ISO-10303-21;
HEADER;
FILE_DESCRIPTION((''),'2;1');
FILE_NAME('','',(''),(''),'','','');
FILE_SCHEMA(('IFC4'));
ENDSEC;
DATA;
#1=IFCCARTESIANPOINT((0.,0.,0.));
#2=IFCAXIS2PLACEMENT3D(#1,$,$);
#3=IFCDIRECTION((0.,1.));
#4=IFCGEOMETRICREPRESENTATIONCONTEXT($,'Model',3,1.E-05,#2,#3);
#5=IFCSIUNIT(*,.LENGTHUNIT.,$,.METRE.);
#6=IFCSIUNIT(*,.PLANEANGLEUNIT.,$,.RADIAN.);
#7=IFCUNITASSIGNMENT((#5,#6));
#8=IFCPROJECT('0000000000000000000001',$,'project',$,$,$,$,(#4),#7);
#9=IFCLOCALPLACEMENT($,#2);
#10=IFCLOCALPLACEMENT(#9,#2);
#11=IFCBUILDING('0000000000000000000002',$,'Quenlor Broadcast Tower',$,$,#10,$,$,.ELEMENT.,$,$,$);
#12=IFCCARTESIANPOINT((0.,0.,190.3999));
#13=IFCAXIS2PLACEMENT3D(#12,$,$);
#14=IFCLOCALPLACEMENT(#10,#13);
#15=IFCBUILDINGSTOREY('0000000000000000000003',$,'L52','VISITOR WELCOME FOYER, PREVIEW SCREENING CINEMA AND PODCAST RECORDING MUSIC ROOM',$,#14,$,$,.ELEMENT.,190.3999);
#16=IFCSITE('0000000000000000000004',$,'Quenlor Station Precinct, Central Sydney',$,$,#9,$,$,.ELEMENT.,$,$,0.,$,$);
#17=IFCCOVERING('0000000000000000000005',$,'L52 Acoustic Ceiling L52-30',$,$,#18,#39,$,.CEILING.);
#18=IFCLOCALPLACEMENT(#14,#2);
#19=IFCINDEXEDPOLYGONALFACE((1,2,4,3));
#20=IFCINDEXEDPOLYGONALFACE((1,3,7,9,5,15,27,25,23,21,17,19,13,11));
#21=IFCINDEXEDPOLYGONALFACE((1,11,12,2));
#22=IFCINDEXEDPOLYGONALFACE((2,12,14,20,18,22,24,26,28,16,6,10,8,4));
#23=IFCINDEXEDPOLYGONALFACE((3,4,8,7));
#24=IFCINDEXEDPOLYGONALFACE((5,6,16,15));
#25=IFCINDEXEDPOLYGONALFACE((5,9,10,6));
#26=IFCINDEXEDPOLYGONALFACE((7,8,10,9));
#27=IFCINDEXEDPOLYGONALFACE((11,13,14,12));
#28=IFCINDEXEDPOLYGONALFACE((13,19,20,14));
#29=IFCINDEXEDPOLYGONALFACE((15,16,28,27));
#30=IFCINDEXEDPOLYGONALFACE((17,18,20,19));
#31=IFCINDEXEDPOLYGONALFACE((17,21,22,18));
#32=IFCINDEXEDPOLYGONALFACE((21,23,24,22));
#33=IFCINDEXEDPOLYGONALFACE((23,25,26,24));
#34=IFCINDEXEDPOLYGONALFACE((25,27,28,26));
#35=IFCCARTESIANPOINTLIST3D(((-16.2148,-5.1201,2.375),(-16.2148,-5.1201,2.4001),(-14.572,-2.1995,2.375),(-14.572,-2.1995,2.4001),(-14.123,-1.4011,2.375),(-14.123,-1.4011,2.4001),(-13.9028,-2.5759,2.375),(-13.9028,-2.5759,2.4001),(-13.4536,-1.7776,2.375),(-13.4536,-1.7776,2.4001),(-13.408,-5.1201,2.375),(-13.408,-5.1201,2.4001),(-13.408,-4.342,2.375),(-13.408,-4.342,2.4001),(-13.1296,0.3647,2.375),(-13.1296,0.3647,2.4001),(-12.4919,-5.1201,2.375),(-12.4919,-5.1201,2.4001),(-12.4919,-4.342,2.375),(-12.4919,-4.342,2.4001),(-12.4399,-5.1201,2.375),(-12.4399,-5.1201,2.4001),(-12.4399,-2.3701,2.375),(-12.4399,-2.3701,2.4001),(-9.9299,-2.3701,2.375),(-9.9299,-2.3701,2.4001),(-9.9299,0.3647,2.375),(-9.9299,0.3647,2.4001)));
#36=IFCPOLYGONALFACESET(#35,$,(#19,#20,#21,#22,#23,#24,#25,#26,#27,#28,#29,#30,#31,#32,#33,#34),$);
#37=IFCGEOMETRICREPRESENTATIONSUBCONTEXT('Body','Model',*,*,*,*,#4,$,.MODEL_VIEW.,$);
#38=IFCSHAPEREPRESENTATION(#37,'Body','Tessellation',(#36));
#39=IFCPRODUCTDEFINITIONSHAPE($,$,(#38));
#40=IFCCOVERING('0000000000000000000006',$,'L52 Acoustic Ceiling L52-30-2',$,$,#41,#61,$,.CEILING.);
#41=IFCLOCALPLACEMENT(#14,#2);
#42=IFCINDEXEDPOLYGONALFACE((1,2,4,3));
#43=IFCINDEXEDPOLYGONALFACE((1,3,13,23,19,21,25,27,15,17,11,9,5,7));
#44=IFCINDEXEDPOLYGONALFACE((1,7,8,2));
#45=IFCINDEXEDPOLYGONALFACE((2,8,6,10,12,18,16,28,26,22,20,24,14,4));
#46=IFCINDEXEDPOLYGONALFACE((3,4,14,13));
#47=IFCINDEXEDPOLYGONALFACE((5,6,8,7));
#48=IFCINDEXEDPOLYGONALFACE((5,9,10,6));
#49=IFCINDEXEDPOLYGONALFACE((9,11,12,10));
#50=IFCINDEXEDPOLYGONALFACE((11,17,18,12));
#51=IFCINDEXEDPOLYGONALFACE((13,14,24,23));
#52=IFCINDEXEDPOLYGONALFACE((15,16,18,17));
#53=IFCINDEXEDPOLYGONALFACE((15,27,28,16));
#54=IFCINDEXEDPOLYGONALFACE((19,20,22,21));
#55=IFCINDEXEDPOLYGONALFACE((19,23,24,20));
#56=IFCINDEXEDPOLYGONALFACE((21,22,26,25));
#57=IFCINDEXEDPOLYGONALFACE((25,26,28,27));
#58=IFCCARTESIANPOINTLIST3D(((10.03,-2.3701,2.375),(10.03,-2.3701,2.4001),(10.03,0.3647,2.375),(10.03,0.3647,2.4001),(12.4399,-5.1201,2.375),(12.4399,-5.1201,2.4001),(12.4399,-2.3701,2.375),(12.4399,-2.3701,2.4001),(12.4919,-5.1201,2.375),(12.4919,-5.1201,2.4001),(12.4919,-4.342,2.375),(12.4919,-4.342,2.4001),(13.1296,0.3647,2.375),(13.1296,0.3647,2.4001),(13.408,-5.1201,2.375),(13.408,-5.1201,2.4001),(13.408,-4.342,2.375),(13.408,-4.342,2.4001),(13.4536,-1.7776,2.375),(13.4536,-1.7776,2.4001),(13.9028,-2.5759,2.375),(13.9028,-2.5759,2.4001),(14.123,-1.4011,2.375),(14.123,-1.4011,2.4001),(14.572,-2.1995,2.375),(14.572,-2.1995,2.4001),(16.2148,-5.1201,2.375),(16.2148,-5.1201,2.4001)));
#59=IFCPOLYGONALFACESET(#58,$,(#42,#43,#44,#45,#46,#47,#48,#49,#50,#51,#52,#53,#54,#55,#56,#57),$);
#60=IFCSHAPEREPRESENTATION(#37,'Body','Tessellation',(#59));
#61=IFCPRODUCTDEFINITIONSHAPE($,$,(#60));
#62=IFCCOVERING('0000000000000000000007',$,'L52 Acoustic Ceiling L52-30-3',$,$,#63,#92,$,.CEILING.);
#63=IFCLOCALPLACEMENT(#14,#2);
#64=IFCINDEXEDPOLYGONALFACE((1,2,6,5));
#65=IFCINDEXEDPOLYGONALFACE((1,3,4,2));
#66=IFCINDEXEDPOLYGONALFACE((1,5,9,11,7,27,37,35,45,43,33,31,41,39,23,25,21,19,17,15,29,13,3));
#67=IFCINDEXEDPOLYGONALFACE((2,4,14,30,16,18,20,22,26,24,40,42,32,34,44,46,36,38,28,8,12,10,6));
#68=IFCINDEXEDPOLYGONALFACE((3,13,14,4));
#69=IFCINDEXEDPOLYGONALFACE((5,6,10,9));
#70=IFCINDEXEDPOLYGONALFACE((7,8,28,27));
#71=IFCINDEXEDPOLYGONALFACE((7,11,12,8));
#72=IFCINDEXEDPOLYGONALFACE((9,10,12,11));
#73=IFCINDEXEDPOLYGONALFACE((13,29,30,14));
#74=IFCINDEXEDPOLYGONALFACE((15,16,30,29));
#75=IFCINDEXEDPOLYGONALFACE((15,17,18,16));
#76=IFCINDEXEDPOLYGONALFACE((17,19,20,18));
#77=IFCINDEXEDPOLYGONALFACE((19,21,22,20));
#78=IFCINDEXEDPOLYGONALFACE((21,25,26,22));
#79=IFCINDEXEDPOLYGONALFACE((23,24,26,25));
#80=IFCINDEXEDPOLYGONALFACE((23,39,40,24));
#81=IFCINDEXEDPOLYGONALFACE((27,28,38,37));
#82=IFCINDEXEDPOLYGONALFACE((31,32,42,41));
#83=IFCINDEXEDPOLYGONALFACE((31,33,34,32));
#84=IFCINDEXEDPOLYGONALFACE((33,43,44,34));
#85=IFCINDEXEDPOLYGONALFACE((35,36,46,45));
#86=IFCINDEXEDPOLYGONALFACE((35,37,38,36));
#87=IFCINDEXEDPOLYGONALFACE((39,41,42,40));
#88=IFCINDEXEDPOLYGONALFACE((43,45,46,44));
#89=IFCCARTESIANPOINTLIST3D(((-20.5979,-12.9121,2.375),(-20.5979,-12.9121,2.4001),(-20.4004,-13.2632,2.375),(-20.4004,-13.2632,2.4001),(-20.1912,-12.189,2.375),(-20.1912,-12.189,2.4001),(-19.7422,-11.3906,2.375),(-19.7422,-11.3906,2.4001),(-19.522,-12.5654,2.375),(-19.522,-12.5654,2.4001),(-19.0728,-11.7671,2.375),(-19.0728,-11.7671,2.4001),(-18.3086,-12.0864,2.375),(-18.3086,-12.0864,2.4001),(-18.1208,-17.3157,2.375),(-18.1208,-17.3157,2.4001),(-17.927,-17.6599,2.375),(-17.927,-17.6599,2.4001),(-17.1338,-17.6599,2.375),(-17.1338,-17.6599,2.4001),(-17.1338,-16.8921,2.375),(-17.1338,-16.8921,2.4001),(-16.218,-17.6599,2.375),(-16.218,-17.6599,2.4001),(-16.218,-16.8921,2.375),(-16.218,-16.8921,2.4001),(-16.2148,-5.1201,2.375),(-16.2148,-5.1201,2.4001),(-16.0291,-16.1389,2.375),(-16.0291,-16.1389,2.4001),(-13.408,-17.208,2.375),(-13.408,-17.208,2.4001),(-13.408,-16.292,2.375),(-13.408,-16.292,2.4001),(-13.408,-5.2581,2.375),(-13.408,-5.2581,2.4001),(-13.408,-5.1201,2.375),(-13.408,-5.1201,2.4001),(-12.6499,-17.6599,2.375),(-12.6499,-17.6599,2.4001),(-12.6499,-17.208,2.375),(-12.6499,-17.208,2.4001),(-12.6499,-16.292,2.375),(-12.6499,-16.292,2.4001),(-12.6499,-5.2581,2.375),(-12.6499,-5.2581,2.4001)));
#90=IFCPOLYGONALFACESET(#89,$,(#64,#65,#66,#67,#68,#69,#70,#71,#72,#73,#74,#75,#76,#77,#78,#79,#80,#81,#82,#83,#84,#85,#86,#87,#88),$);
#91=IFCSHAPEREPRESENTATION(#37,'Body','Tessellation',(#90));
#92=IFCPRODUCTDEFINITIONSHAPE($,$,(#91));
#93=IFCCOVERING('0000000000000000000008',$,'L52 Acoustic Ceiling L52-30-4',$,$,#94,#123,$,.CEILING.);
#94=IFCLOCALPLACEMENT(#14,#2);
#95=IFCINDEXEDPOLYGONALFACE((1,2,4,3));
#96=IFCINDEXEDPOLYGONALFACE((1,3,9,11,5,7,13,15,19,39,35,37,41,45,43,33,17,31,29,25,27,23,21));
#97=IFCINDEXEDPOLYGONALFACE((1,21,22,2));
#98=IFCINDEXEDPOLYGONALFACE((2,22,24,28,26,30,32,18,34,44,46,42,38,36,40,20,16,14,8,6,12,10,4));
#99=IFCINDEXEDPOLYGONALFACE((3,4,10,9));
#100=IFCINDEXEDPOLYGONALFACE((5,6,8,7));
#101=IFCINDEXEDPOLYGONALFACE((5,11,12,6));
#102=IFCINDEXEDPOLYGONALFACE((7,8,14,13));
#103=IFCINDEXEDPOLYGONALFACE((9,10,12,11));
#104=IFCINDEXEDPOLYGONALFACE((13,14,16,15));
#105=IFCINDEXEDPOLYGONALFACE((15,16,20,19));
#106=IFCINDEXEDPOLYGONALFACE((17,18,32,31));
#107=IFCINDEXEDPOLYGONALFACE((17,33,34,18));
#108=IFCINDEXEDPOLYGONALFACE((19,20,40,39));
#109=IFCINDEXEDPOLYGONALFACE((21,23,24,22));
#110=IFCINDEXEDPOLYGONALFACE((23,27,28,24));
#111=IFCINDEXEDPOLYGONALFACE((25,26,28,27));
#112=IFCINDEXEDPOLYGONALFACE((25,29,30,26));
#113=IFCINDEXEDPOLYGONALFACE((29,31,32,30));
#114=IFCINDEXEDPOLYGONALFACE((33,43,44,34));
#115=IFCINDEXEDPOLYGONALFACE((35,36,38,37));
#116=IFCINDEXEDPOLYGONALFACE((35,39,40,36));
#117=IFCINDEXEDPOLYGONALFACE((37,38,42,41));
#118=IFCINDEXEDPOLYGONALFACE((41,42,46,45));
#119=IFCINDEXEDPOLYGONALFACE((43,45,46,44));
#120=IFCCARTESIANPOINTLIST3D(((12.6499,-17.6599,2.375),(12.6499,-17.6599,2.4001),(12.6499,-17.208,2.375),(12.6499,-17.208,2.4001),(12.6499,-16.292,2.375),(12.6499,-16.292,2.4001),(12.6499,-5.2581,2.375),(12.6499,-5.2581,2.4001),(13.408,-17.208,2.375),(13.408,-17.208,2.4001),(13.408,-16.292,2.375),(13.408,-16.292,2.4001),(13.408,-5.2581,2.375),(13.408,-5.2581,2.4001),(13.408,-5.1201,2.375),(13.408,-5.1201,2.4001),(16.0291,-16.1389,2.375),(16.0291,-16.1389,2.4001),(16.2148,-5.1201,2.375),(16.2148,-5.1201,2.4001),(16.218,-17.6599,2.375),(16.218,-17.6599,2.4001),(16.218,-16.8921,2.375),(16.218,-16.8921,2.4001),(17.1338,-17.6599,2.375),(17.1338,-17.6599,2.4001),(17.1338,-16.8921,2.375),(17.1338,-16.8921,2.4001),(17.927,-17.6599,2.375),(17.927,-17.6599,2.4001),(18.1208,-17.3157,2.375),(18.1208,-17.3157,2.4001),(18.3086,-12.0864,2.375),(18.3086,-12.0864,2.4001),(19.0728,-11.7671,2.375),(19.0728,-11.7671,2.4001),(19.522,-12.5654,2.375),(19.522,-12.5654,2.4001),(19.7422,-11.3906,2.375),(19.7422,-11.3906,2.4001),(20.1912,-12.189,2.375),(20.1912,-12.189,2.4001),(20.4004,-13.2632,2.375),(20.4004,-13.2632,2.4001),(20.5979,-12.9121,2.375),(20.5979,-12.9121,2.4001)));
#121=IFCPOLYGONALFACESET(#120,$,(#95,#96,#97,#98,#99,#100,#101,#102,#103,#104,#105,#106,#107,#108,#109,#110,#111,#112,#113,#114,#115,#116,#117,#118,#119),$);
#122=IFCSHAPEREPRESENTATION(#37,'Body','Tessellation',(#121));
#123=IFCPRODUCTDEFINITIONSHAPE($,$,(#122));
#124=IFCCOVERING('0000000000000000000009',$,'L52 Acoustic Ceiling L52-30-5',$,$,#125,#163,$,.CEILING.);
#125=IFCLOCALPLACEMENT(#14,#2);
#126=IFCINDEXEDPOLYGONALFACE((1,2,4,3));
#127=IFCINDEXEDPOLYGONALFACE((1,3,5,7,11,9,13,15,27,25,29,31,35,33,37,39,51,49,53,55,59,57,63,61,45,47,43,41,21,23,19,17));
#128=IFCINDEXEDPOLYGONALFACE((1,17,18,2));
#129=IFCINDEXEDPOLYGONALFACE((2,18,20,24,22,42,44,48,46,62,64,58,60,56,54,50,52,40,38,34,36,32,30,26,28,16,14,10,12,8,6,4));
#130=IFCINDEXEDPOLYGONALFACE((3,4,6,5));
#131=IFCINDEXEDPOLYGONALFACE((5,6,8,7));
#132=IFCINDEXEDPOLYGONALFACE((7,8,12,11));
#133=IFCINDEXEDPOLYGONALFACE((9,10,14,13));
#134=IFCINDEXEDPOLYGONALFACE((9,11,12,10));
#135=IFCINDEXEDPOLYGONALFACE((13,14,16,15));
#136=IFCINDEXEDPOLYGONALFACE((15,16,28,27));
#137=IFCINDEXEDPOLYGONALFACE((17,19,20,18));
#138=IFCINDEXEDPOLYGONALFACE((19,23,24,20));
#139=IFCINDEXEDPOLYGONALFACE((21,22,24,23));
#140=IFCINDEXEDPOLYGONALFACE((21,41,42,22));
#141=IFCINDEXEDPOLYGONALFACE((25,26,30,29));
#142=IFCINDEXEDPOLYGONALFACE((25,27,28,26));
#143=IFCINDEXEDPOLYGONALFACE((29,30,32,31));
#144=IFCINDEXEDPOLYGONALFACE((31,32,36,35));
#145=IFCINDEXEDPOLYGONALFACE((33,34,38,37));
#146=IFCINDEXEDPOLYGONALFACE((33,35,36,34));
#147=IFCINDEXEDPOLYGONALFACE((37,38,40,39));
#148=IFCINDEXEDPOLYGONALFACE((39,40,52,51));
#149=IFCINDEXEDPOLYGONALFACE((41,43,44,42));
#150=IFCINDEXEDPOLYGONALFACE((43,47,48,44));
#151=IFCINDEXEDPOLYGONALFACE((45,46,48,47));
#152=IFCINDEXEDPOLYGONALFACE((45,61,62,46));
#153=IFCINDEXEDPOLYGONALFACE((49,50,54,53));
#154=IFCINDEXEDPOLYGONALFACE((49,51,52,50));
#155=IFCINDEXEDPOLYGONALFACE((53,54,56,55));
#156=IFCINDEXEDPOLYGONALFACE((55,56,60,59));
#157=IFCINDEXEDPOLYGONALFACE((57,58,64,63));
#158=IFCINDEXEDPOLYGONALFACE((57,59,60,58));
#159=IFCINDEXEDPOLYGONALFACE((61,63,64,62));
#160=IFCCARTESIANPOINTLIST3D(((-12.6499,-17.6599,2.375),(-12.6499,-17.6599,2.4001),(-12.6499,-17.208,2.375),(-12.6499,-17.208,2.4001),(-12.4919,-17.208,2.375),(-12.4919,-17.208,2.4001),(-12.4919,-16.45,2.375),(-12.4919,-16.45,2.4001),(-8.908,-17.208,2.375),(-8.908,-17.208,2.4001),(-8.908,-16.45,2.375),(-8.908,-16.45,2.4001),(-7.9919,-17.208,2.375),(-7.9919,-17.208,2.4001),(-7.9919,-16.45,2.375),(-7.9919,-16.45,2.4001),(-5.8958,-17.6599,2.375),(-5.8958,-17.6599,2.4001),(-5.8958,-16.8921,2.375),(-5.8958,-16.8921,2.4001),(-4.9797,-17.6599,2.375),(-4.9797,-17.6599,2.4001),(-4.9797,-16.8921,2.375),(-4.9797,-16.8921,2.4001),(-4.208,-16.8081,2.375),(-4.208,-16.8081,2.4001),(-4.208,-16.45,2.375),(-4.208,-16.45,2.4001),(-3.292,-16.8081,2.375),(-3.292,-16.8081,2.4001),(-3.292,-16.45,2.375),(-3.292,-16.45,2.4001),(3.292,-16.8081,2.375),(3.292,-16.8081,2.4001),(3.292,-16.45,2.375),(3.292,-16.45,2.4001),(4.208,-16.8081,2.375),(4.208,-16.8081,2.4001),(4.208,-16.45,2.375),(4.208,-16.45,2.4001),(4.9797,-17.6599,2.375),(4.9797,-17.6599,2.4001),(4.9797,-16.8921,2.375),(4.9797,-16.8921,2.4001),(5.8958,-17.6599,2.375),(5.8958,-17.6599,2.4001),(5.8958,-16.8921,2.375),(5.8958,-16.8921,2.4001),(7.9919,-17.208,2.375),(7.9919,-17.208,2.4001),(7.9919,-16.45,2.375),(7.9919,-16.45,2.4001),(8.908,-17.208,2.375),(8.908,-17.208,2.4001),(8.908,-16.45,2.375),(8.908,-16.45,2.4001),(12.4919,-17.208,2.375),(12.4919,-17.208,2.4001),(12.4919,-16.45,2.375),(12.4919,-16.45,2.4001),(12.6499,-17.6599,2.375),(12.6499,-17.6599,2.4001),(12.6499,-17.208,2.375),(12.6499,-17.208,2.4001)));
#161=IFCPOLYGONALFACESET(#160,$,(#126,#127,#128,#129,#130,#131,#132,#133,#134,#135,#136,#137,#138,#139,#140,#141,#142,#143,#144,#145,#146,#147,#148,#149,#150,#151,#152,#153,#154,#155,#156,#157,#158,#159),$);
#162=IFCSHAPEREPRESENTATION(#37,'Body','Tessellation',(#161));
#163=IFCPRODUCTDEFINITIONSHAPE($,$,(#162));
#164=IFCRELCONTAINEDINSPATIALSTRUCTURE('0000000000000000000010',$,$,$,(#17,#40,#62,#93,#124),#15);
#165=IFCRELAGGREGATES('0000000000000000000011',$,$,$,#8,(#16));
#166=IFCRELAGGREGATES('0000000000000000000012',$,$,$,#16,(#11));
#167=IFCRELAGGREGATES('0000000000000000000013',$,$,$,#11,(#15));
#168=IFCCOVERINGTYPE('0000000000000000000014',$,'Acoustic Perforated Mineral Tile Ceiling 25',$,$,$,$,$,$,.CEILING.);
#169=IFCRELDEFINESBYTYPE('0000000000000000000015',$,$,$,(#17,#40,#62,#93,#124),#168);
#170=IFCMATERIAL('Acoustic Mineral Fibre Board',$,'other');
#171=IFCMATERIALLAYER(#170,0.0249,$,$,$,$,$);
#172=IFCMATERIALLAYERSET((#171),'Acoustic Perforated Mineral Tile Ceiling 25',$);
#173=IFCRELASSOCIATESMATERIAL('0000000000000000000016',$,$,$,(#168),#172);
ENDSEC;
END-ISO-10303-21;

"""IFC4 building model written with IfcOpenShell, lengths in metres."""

from ifc_helpers import new_model, si_unit, direction, frame, origin, place, context, subcontext, project, spatial, polyline, outline, extrude, material, layer, layer_set, type_object, element, save


model = new_model("IFC4")

# Units and contexts
model_context = context("Model", 3, precision=1e-05, world=origin(), true_north=direction((0.0, 1.0)))
body_context = subcontext(model_context, "Body", "Model", "MODEL_VIEW")
ifc_project = project(units=[si_unit("LENGTHUNIT", "METRE"), si_unit("PLANEANGLEUNIT", "RADIAN")], contexts=[model_context])

# Site, building, storey
site_placement = place(None, origin())
site = spatial("IfcSite", under=ifc_project, at=site_placement, Name="Quenlor Station Precinct, Central Sydney", CompositionType="ELEMENT", RefElevation=0.0)
building_placement = place(site_placement, origin())
building = spatial("IfcBuilding", under=site, at=building_placement, Name="Quenlor Broadcast Tower", CompositionType="ELEMENT")
storey_placement = place(building_placement, frame((0.0, 0.0, 190.3999)))
storey = spatial("IfcBuildingStorey", under=building, at=storey_placement, Name="L52", Description="VISITOR WELCOME FOYER, PREVIEW SCREENING CINEMA AND PODCAST RECORDING MUSIC ROOM", CompositionType="ELEMENT", Elevation=190.3999)

# Coverings
ifc_material_1 = material(Name="Acoustic Mineral Fibre Board", Category="other")
ifc_layer_1 = layer(ifc_material_1, 0.0249)
ifc_layer_set_1 = layer_set([ifc_layer_1], Name="Acoustic Perforated Mineral Tile Ceiling 25")
covering_type = type_object("IfcCoveringType", Name="Acoustic Perforated Mineral Tile Ceiling 25", PredefinedType="CEILING", material=ifc_layer_set_1)
covering_1_placement = place(storey_placement, frame((0.0, 0.0, 2.375)))
element("IfcCovering", 1, at=covering_1_placement, inside=storey, type_object=covering_type, Name="L52 Acoustic Ceiling L52-30", PredefinedType="CEILING", context=body_context, shape_type="SweptSolid", body=[
    extrude(outline(polyline([(-14.572, -2.1995), (-13.9028, -2.5759), (-13.4536, -1.7776), (-14.123, -1.4011), (-13.1296, 0.3647), (-9.9299, 0.3647), (-9.9299, -2.3701), (-12.4399, -2.3701), (-12.4399, -5.1201), (-12.4919, -5.1201), (-12.4919, -4.342), (-13.408, -4.342), (-13.408, -5.1201), (-16.2148, -5.1201), (-14.572, -2.1995)])), origin(), (0.0, 0.0, 1.0), 0.0251),
])
covering_2_placement = place(storey_placement, frame((0.0, 0.0, 2.375)))
element("IfcCovering", 2, at=covering_2_placement, inside=storey, type_object=covering_type, Name="L52 Acoustic Ceiling L52-30-2", PredefinedType="CEILING", context=body_context, shape_type="SweptSolid", body=[
    extrude(outline(polyline([(13.408, -4.342), (12.4919, -4.342), (12.4919, -5.1201), (12.4399, -5.1201), (12.4399, -2.3701), (10.03, -2.3701), (10.03, 0.3647), (13.1296, 0.3647), (14.123, -1.4011), (13.4536, -1.7776), (13.9028, -2.5759), (14.572, -2.1995), (16.2148, -5.1201), (13.408, -5.1201), (13.408, -4.342)])), origin(), (0.0, 0.0, 1.0), 0.0251),
])
covering_3_placement = place(storey_placement, frame((0.0, 0.0, 2.375)))
element("IfcCovering", 3, at=covering_3_placement, inside=storey, type_object=covering_type, Name="L52 Acoustic Ceiling L52-30-3", PredefinedType="CEILING", context=body_context, shape_type="SweptSolid", body=[
    extrude(outline(polyline([(-20.5979, -12.9121), (-20.1912, -12.189), (-19.522, -12.5654), (-19.0728, -11.7671), (-19.7422, -11.3906), (-16.2148, -5.1201), (-13.408, -5.1201), (-13.408, -5.2581), (-12.6499, -5.2581), (-12.6499, -16.292), (-13.408, -16.292), (-13.408, -17.208), (-12.6499, -17.208), (-12.6499, -17.6599), (-16.218, -17.6599), (-16.218, -16.8921), (-17.1338, -16.8921), (-17.1338, -17.6599), (-17.927, -17.6599), (-18.1208, -17.3157), (-16.0291, -16.1389), (-18.3086, -12.0864), (-20.4004, -13.2632), (-20.5979, -12.9121)])), origin(), (0.0, 0.0, 1.0), 0.0251),
])
covering_4_placement = place(storey_placement, frame((0.0, 0.0, 2.375)))
element("IfcCovering", 4, at=covering_4_placement, inside=storey, type_object=covering_type, Name="L52 Acoustic Ceiling L52-30-4", PredefinedType="CEILING", context=body_context, shape_type="SweptSolid", body=[
    extrude(outline(polyline([(13.408, -17.208), (13.408, -16.292), (12.6499, -16.292), (12.6499, -5.2581), (13.408, -5.2581), (13.408, -5.1201), (16.2148, -5.1201), (19.7422, -11.3906), (19.0728, -11.7671), (19.522, -12.5654), (20.1912, -12.189), (20.5979, -12.9121), (20.4004, -13.2632), (18.3086, -12.0864), (16.0291, -16.1389), (18.1208, -17.3157), (17.927, -17.6599), (17.1338, -17.6599), (17.1338, -16.8921), (16.218, -16.8921), (16.218, -17.6599), (12.6499, -17.6599), (12.6499, -17.208), (13.408, -17.208)])), origin(), (0.0, 0.0, 1.0), 0.0251),
])
covering_5_placement = place(storey_placement, frame((0.0, 0.0, 2.375)))
element("IfcCovering", 5, at=covering_5_placement, inside=storey, type_object=covering_type, Name="L52 Acoustic Ceiling L52-30-5", PredefinedType="CEILING", context=body_context, shape_type="SweptSolid", body=[
    extrude(outline(polyline([(-12.4919, -17.208), (-12.4919, -16.45), (-8.908, -16.45), (-8.908, -17.208), (-7.9919, -17.208), (-7.9919, -16.45), (-4.208, -16.45), (-4.208, -16.8081), (-3.292, -16.8081), (-3.292, -16.45), (3.292, -16.45), (3.292, -16.8081), (4.208, -16.8081), (4.208, -16.45), (7.9919, -16.45), (7.9919, -17.208), (8.908, -17.208), (8.908, -16.45), (12.4919, -16.45), (12.4919, -17.208), (12.6499, -17.208), (12.6499, -17.6599), (5.8958, -17.6599), (5.8958, -16.8921), (4.9797, -16.8921), (4.9797, -17.6599), (-4.9797, -17.6599), (-4.9797, -16.8921), (-5.8958, -16.8921), (-5.8958, -17.6599), (-12.6499, -17.6599), (-12.6499, -17.208), (-12.4919, -17.208)])), origin(), (0.0, 0.0, 1.0), 0.0251),
])

save(model, "model.ifc")
